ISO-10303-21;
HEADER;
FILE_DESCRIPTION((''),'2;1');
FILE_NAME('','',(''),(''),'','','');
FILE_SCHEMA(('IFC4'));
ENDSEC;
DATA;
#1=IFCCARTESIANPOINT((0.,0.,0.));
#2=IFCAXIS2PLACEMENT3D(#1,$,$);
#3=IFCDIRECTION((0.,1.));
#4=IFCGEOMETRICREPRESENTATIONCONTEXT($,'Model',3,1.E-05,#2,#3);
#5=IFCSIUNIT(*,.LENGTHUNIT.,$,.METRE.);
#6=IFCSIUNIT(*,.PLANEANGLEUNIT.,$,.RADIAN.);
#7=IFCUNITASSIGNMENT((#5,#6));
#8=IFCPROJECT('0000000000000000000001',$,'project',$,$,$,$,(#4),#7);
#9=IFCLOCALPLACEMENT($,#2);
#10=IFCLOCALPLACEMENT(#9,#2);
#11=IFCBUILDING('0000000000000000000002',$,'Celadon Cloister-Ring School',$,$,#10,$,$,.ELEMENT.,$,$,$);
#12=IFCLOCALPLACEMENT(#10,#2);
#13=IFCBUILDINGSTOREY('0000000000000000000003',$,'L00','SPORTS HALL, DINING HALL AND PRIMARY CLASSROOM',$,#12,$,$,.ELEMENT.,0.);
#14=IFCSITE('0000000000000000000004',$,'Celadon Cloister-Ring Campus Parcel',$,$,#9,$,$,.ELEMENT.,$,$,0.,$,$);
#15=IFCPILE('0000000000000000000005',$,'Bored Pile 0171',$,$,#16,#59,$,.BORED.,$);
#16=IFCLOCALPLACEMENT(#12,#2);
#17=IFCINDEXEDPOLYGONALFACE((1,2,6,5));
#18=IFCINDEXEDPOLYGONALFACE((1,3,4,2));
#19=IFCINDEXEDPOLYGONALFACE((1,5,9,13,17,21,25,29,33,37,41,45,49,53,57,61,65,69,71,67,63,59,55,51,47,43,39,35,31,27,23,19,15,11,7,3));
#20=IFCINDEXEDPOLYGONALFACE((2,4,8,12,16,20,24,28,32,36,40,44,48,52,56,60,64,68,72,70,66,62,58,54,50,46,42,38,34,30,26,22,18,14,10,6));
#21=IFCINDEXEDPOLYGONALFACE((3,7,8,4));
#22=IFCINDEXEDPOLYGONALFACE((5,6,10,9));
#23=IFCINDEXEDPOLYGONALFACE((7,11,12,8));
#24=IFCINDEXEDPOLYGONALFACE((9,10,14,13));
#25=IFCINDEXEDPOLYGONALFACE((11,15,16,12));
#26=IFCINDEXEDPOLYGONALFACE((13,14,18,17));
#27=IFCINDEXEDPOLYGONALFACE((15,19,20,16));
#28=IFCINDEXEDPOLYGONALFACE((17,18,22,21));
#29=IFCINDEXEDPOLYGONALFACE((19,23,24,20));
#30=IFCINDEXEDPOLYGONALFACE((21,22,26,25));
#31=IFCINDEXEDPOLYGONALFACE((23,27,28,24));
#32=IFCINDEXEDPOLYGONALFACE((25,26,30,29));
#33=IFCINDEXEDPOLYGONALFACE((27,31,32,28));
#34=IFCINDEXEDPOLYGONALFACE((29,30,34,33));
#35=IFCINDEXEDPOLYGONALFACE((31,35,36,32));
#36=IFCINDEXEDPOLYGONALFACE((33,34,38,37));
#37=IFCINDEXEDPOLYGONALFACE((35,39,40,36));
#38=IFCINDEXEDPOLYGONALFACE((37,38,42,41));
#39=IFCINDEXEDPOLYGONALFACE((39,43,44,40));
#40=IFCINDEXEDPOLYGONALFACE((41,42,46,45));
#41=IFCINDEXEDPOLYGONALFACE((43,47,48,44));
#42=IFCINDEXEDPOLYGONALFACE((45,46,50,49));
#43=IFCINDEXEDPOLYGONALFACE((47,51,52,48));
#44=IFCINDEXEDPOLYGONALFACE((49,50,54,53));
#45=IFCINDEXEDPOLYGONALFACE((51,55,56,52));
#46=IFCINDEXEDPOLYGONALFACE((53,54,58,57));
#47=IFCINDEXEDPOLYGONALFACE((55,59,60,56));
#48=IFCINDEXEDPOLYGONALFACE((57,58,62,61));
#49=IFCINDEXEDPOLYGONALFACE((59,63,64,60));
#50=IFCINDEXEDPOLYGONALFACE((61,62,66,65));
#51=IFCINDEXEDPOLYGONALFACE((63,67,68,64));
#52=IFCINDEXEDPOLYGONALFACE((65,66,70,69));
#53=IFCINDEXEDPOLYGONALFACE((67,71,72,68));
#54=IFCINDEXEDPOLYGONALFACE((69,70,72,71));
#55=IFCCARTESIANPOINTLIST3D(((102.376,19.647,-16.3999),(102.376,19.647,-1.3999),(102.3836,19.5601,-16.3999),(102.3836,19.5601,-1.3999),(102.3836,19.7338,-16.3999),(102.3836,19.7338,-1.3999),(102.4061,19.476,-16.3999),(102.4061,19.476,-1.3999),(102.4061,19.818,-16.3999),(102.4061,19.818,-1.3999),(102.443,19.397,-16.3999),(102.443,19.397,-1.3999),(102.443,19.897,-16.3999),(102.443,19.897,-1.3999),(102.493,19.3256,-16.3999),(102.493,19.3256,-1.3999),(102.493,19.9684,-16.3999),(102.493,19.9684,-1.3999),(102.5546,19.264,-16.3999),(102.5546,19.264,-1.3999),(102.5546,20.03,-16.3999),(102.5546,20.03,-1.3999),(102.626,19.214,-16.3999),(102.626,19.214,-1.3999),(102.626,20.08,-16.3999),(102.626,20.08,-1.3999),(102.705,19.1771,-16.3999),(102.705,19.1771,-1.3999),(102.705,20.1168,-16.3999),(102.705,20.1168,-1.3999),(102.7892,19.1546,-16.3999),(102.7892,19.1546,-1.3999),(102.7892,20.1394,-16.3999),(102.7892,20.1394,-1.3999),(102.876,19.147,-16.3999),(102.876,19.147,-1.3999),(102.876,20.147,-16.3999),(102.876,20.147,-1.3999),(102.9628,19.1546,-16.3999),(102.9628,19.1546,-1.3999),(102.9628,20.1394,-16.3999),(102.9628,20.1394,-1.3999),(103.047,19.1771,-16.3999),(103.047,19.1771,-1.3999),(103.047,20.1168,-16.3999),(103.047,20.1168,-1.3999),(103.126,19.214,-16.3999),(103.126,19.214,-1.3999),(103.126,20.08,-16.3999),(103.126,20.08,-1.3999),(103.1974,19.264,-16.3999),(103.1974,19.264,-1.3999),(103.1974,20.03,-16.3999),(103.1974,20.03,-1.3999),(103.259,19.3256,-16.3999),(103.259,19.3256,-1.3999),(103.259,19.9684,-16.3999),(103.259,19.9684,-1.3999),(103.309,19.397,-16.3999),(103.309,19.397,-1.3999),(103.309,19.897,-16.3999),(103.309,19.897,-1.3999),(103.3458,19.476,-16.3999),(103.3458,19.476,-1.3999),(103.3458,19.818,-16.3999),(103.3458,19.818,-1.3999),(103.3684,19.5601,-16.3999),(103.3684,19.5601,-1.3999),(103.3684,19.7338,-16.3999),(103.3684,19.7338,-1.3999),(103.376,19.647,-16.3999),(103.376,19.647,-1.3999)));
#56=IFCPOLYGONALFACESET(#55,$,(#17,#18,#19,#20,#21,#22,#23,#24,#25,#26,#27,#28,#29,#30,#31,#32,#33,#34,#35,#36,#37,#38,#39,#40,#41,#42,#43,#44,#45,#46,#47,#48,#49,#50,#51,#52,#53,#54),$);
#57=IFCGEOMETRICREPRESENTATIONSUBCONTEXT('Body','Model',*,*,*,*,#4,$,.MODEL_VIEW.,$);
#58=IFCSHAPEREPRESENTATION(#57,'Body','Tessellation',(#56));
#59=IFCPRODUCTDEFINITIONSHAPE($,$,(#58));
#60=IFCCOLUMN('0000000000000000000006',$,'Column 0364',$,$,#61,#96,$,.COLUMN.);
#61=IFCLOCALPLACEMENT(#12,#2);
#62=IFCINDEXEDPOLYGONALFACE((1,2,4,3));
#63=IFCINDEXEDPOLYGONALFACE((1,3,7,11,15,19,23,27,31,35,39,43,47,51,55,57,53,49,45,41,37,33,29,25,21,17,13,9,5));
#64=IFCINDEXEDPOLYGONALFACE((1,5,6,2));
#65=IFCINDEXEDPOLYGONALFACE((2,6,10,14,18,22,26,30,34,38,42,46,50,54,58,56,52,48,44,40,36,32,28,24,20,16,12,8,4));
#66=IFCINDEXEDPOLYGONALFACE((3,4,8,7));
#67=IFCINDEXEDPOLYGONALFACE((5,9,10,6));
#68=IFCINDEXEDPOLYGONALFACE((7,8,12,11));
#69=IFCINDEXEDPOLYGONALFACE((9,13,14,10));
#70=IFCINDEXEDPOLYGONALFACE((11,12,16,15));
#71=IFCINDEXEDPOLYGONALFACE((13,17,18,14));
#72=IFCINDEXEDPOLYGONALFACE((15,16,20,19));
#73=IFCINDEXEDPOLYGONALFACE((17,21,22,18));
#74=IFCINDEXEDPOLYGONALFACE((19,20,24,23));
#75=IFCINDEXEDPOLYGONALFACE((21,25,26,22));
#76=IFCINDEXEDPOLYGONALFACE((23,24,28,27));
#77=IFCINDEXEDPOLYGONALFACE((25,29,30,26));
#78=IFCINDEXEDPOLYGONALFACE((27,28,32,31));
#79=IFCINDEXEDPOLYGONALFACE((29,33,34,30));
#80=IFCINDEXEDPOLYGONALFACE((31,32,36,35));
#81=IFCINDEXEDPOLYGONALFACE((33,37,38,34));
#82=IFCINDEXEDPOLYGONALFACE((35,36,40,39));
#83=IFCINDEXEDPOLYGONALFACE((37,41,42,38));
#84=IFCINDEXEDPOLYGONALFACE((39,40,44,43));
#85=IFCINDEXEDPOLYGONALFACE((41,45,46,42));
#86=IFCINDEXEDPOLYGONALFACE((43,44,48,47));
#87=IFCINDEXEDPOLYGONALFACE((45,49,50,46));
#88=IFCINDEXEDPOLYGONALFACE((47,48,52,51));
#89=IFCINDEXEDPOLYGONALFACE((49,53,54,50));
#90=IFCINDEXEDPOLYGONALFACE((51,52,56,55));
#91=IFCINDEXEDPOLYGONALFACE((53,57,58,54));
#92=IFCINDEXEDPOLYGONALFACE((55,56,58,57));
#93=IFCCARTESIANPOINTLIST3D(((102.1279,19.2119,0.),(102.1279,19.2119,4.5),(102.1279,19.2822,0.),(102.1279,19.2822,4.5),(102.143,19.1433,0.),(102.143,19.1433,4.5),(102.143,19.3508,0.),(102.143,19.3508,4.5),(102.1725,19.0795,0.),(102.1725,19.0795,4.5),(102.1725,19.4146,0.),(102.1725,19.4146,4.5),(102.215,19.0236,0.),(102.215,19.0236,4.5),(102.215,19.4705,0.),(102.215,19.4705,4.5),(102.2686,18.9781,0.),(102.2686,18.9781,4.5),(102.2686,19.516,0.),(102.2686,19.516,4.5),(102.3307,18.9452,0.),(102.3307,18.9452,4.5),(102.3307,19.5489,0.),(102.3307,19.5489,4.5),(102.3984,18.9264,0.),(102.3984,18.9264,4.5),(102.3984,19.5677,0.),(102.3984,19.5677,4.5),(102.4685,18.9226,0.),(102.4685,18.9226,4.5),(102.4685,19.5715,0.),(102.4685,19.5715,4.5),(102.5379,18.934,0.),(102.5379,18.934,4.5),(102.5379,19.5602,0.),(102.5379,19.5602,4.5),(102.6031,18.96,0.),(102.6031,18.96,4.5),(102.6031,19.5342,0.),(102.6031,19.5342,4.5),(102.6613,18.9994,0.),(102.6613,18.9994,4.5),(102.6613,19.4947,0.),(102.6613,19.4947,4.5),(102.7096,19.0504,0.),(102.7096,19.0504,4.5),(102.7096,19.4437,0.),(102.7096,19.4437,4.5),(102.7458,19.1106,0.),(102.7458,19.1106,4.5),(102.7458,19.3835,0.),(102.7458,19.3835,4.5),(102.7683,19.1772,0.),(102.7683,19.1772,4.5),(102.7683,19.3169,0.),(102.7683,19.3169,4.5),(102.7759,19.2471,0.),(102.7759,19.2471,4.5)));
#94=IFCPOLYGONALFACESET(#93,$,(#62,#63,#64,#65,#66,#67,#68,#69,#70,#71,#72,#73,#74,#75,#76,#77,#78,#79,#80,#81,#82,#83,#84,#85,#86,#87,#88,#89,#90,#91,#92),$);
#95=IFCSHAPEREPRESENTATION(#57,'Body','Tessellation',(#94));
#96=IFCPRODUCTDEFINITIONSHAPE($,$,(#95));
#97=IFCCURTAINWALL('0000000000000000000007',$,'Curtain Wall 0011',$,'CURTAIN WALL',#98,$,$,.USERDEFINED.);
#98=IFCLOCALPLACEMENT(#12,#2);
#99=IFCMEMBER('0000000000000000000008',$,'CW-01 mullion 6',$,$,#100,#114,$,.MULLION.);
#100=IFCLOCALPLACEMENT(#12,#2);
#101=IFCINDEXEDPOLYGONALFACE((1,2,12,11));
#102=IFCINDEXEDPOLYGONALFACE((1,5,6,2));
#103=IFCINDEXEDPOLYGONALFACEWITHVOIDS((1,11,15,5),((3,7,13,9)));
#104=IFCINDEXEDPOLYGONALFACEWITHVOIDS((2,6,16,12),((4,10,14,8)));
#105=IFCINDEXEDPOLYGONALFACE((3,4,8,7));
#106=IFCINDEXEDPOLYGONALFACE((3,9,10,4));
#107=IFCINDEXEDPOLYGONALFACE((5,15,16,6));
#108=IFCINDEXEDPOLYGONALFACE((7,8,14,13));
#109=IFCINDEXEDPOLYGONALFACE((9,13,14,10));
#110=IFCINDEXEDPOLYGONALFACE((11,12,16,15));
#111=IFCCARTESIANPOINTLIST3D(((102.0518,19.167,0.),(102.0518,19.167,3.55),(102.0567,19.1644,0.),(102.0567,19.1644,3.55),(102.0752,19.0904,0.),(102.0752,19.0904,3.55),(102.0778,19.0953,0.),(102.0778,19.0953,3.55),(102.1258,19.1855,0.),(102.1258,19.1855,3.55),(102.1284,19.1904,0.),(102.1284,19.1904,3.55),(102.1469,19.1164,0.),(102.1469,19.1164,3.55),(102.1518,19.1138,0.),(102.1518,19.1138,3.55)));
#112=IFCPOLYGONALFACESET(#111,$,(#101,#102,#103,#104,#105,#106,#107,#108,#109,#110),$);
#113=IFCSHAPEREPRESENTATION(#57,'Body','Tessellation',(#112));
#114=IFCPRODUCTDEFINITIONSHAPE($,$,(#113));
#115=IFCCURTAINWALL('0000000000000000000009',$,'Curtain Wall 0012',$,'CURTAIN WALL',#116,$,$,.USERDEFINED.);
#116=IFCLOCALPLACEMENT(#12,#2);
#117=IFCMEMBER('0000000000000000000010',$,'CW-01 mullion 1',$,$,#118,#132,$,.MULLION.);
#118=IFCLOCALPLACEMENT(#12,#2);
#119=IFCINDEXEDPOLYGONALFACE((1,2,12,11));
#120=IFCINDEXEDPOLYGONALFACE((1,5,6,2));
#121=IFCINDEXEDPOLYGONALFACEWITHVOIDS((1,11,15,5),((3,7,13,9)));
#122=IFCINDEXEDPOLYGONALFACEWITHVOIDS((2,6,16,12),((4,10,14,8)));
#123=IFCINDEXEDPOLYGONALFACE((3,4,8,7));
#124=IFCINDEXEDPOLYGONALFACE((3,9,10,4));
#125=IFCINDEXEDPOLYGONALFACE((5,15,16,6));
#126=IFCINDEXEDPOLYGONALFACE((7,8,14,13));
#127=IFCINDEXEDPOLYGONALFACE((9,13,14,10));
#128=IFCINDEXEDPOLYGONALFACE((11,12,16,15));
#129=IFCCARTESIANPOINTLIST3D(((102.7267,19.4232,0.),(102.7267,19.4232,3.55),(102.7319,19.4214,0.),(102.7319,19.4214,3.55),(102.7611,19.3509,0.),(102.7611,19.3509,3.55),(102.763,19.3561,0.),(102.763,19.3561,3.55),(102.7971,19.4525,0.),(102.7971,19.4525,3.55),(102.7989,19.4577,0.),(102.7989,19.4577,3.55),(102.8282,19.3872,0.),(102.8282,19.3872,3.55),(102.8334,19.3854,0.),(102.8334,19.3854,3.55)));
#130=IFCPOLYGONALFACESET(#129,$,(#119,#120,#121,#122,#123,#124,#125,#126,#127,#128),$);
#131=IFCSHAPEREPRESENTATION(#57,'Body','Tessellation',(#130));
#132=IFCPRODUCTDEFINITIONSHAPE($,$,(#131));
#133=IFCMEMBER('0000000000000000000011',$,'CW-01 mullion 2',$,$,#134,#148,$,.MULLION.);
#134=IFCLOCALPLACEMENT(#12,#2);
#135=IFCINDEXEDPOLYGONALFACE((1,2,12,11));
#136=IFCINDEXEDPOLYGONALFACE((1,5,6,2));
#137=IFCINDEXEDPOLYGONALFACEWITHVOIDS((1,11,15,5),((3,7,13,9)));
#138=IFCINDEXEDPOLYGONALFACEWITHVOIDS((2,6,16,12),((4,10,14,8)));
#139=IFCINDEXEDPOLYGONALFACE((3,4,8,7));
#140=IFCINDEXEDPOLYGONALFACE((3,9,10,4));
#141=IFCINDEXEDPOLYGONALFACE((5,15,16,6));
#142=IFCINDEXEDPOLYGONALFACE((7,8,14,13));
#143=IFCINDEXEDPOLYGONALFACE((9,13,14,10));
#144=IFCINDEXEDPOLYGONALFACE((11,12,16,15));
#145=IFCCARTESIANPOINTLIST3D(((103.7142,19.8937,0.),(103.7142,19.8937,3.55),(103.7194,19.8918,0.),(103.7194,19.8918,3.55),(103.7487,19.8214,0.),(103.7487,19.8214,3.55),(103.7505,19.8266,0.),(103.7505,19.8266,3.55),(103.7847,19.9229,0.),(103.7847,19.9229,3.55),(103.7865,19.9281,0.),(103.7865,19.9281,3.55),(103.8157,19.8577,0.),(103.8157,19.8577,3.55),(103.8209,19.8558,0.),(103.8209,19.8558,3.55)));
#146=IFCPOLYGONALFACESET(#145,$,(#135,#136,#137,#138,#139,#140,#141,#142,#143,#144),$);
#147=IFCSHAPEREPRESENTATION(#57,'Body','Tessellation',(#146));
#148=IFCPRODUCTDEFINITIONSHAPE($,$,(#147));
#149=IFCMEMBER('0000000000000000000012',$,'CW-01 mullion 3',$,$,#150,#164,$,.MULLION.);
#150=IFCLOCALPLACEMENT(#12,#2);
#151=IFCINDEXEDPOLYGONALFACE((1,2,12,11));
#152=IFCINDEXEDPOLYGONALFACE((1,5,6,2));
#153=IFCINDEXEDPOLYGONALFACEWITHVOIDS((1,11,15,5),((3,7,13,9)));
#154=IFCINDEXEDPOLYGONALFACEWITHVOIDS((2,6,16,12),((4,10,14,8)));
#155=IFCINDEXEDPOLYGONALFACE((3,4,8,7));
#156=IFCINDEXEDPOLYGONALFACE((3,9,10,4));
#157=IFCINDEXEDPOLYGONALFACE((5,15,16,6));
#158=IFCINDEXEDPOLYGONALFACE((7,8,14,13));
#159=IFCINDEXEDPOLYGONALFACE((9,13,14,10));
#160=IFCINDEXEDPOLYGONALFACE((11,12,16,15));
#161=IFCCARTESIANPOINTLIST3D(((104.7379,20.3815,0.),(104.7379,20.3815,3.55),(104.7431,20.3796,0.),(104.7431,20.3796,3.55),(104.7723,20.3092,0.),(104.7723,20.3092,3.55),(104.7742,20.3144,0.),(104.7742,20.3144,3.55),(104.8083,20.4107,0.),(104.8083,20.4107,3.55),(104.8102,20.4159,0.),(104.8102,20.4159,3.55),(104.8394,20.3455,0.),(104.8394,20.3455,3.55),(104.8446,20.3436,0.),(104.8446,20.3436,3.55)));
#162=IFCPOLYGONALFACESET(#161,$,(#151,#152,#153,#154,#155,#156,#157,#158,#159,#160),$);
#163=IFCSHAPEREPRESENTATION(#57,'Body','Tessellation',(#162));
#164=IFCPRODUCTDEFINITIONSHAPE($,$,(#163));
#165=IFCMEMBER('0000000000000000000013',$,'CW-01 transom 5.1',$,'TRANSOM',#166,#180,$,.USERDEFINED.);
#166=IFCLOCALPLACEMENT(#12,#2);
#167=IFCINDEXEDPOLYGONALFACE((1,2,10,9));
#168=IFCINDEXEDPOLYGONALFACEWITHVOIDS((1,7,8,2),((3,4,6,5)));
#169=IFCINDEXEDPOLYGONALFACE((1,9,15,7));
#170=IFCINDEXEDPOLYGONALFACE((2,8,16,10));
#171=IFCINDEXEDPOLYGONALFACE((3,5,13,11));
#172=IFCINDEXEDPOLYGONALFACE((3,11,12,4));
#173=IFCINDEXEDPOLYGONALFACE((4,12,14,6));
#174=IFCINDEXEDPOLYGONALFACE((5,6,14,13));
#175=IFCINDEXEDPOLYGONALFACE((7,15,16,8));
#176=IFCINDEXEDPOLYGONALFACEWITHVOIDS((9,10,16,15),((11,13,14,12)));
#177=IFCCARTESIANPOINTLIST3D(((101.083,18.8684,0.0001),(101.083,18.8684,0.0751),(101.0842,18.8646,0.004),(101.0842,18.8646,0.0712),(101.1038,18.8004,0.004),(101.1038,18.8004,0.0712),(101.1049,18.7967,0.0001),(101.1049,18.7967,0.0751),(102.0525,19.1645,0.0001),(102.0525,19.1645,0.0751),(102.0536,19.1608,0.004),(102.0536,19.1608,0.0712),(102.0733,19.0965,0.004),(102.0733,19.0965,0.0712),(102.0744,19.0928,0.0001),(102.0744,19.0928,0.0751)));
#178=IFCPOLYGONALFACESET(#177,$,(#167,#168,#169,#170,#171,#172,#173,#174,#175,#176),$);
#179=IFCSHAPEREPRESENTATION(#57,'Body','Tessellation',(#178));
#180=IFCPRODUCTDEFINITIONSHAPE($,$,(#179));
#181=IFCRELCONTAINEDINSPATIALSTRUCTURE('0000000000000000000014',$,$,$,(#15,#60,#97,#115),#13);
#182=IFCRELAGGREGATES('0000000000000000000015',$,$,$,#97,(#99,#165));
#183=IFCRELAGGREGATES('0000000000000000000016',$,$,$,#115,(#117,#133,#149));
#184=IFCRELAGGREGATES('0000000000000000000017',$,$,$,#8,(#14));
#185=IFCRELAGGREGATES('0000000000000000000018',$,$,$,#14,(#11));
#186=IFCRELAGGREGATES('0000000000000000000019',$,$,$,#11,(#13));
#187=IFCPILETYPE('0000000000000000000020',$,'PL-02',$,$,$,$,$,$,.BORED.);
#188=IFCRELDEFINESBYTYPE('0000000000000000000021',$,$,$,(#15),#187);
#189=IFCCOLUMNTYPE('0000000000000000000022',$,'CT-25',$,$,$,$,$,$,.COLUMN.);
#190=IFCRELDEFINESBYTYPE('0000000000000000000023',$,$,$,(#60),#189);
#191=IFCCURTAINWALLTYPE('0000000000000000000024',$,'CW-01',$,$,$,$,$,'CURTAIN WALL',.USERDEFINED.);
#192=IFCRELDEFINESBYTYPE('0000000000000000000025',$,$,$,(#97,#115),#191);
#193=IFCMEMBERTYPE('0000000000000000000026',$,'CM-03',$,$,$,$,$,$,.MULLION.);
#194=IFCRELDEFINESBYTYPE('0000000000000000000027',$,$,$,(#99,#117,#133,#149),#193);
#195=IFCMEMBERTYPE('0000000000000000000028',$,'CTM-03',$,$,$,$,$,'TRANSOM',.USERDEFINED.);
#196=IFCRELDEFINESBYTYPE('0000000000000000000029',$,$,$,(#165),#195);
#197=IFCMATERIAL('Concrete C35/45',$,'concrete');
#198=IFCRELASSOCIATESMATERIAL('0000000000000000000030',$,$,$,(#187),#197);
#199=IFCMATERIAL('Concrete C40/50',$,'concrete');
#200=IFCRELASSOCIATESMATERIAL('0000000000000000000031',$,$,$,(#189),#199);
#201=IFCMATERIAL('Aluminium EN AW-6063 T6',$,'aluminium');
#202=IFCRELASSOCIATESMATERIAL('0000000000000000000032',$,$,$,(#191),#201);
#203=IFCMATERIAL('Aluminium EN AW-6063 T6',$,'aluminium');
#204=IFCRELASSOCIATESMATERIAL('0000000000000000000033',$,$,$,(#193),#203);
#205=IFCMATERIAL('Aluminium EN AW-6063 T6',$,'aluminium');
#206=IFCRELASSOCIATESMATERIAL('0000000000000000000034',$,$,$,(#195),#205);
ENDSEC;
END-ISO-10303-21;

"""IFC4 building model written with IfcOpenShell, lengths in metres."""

from ifc_helpers import new_model, si_unit, direction, frame, origin, origin_2d, place, context, subcontext, project, spatial, hollow_rectangle, circle, extrude, material, material_profile, profile_set, type_object, element, aggregate, save


model = new_model("IFC4")

# Units and contexts
model_context = context("Model", 3, precision=1e-05, world=origin(), true_north=direction((0.0, 1.0)))
body_context = subcontext(model_context, "Body", "Model", "MODEL_VIEW")
ifc_project = project(units=[si_unit("LENGTHUNIT", "METRE"), si_unit("PLANEANGLEUNIT", "RADIAN")], contexts=[model_context])

# Site, building, storey
site_placement = place(None, origin())
site = spatial("IfcSite", under=ifc_project, at=site_placement, Name="Celadon Cloister-Ring Campus Parcel", CompositionType="ELEMENT", RefElevation=0.0)
building_placement = place(site_placement, origin())
building = spatial("IfcBuilding", under=site, at=building_placement, Name="Celadon Cloister-Ring School", CompositionType="ELEMENT")
storey_placement = place(building_placement, origin())
storey = spatial("IfcBuildingStorey", under=building, at=storey_placement, Name="L00", Description="SPORTS HALL, DINING HALL AND PRIMARY CLASSROOM", CompositionType="ELEMENT", Elevation=0.0)

# Pile
ifc_material_1 = material(Name="Concrete C35/45", Category="concrete")
ifc_material_profile_1 = material_profile(ifc_material_1, circle(Radius=0.5, at=origin_2d()), Name="PILE1000")
ifc_profile_set_1 = profile_set([ifc_material_profile_1], Name="Concrete C35/45")
pile_type = type_object("IfcPileType", Name="PL-02", PredefinedType="BORED", material=ifc_profile_set_1)
pile_placement = place(storey_placement, frame((102.876, 19.647, -1.3999), z_axis=(0.0, 0.0, -1.0), x_axis=(1.0, 0.0, 0.0)))
element("IfcPile", 1, at=pile_placement, inside=storey, type_object=pile_type, Name="Bored Pile 0171", PredefinedType="BORED", context=body_context, shape_type="SweptSolid", body=[
    extrude(circle(Radius=0.5, at=origin_2d()), origin(), (0.0, 0.0, 1.0), 15.0),
])

# Column
ifc_material_2 = material(Name="Concrete C40/50", Category="concrete")
ifc_material_profile_2 = material_profile(ifc_material_2, circle(Radius=0.325, at=origin_2d()), Name="CIRC650")
ifc_profile_set_2 = profile_set([ifc_material_profile_2], Name="Concrete C40/50")
column_type = type_object("IfcColumnType", Name="CT-25", PredefinedType="COLUMN", material=ifc_profile_set_2)
column_placement = place(storey_placement, frame((102.4509, 19.2471, 0.0), z_axis=(0.0, 0.0, 1.0), x_axis=(1.0, 0.0, 0.0)))
element("IfcColumn", 2, at=column_placement, inside=storey, type_object=column_type, Name="Column 0364", PredefinedType="COLUMN", context=body_context, shape_type="SweptSolid", body=[
    extrude(circle(Radius=0.325, at=origin_2d()), origin(), (0.0, 0.0, 1.0), 4.5),
])

# Curtain wall, member
ifc_material_3 = material(Name="Aluminium EN AW-6063 T6", Category="aluminium")
curtain_wall_type = type_object("IfcCurtainWallType", Name="CW-01", ElementType="CURTAIN WALL", PredefinedType="USERDEFINED", material=ifc_material_3)
curtain_wall_1_placement = place(storey_placement, origin())
curtain_wall_1 = element("IfcCurtainWall", 3, at=curtain_wall_1_placement, inside=storey, type_object=curtain_wall_type, Name="Curtain Wall 0011", ObjectType="CURTAIN WALL", PredefinedType="USERDEFINED")
ifc_material_4 = material(Name="Aluminium EN AW-6063 T6", Category="aluminium")
ifc_material_profile_3 = material_profile(ifc_material_4, hollow_rectangle(XDim=0.0801, YDim=0.0801, WallThickness=0.0039, at=origin_2d()), Name="RHS80X80X4")
ifc_profile_set_3 = profile_set([ifc_material_profile_3], Name="Aluminium EN AW-6063 T6")
member_type_1 = type_object("IfcMemberType", Name="CM-03", PredefinedType="MULLION", material=ifc_profile_set_3)
member_1_placement = place(storey_placement, frame((102.1018, 19.1404, 0.0), z_axis=(0.0, 0.0, 1.0), x_axis=(-0.292151, 0.956372, 0.0)))
member_1 = element("IfcMember", 4, at=member_1_placement, type_object=member_type_1, Name="CW-01 mullion 6", PredefinedType="MULLION", context=body_context, shape_type="SweptSolid", body=[
    extrude(hollow_rectangle(XDim=0.0801, YDim=0.0801, WallThickness=0.0039, at=origin_2d()), origin(), (0.0, 0.0, 1.0), 3.55),
])

# Curtain wall, members
curtain_wall_2_placement = place(storey_placement, origin())
curtain_wall_2 = element("IfcCurtainWall", 5, at=curtain_wall_2_placement, inside=storey, type_object=curtain_wall_type, Name="Curtain Wall 0012", ObjectType="CURTAIN WALL", PredefinedType="USERDEFINED")
member_2_placement = place(storey_placement, frame((102.78, 19.4043, 0.0), z_axis=(0.0, 0.0, 1.0), x_axis=(-0.430201, 0.902733, 0.0)))
member_2 = element("IfcMember", 6, at=member_2_placement, type_object=member_type_1, Name="CW-01 mullion 1", PredefinedType="MULLION", context=body_context, shape_type="SweptSolid", body=[
    extrude(hollow_rectangle(XDim=0.0801, YDim=0.0801, WallThickness=0.0039, at=origin_2d()), origin(), (0.0, 0.0, 1.0), 3.55),
])
member_3_placement = place(storey_placement, frame((103.7676, 19.8748, 0.0), z_axis=(0.0, 0.0, 1.0), x_axis=(-0.430201, 0.902733, 0.0)))
member_3 = element("IfcMember", 7, at=member_3_placement, type_object=member_type_1, Name="CW-01 mullion 2", PredefinedType="MULLION", context=body_context, shape_type="SweptSolid", body=[
    extrude(hollow_rectangle(XDim=0.0801, YDim=0.0801, WallThickness=0.0039, at=origin_2d()), origin(), (0.0, 0.0, 1.0), 3.55),
])
member_4_placement = place(storey_placement, frame((104.7913, 20.3625, 0.0), z_axis=(0.0, 0.0, 1.0), x_axis=(-0.430201, 0.902733, 0.0)))
member_4 = element("IfcMember", 8, at=member_4_placement, type_object=member_type_1, Name="CW-01 mullion 3", PredefinedType="MULLION", context=body_context, shape_type="SweptSolid", body=[
    extrude(hollow_rectangle(XDim=0.0801, YDim=0.0801, WallThickness=0.0039, at=origin_2d()), origin(), (0.0, 0.0, 1.0), 3.55),
])

# Member
ifc_material_5 = material(Name="Aluminium EN AW-6063 T6", Category="aluminium")
ifc_material_profile_4 = material_profile(ifc_material_5, hollow_rectangle(XDim=0.075, YDim=0.075, WallThickness=0.0039, at=origin_2d()), Name="RHS75X75X4")
ifc_profile_set_4 = profile_set([ifc_material_profile_4], Name="Aluminium EN AW-6063 T6")
member_type_2 = type_object("IfcMemberType", Name="CTM-03", ElementType="TRANSOM", PredefinedType="USERDEFINED", material=ifc_profile_set_4)
member_5_placement = place(storey_placement, frame((101.094, 18.8325, 0.0376), z_axis=(0.956376, 0.292139, 0.0), x_axis=(-0.292139, 0.956376, 0.0)))
member_5 = element("IfcMember", 9, at=member_5_placement, type_object=member_type_2, Name="CW-01 transom 5.1", ObjectType="TRANSOM", PredefinedType="USERDEFINED", context=body_context, shape_type="SweptSolid", body=[
    extrude(hollow_rectangle(XDim=0.075, YDim=0.075, WallThickness=0.0039, at=origin_2d()), origin(), (0.0, 0.0, 1.0), 1.0137),
])

aggregate(curtain_wall_1, [member_1, member_5])
aggregate(curtain_wall_2, [member_2, member_3, member_4])

save(model, "model.ifc")
